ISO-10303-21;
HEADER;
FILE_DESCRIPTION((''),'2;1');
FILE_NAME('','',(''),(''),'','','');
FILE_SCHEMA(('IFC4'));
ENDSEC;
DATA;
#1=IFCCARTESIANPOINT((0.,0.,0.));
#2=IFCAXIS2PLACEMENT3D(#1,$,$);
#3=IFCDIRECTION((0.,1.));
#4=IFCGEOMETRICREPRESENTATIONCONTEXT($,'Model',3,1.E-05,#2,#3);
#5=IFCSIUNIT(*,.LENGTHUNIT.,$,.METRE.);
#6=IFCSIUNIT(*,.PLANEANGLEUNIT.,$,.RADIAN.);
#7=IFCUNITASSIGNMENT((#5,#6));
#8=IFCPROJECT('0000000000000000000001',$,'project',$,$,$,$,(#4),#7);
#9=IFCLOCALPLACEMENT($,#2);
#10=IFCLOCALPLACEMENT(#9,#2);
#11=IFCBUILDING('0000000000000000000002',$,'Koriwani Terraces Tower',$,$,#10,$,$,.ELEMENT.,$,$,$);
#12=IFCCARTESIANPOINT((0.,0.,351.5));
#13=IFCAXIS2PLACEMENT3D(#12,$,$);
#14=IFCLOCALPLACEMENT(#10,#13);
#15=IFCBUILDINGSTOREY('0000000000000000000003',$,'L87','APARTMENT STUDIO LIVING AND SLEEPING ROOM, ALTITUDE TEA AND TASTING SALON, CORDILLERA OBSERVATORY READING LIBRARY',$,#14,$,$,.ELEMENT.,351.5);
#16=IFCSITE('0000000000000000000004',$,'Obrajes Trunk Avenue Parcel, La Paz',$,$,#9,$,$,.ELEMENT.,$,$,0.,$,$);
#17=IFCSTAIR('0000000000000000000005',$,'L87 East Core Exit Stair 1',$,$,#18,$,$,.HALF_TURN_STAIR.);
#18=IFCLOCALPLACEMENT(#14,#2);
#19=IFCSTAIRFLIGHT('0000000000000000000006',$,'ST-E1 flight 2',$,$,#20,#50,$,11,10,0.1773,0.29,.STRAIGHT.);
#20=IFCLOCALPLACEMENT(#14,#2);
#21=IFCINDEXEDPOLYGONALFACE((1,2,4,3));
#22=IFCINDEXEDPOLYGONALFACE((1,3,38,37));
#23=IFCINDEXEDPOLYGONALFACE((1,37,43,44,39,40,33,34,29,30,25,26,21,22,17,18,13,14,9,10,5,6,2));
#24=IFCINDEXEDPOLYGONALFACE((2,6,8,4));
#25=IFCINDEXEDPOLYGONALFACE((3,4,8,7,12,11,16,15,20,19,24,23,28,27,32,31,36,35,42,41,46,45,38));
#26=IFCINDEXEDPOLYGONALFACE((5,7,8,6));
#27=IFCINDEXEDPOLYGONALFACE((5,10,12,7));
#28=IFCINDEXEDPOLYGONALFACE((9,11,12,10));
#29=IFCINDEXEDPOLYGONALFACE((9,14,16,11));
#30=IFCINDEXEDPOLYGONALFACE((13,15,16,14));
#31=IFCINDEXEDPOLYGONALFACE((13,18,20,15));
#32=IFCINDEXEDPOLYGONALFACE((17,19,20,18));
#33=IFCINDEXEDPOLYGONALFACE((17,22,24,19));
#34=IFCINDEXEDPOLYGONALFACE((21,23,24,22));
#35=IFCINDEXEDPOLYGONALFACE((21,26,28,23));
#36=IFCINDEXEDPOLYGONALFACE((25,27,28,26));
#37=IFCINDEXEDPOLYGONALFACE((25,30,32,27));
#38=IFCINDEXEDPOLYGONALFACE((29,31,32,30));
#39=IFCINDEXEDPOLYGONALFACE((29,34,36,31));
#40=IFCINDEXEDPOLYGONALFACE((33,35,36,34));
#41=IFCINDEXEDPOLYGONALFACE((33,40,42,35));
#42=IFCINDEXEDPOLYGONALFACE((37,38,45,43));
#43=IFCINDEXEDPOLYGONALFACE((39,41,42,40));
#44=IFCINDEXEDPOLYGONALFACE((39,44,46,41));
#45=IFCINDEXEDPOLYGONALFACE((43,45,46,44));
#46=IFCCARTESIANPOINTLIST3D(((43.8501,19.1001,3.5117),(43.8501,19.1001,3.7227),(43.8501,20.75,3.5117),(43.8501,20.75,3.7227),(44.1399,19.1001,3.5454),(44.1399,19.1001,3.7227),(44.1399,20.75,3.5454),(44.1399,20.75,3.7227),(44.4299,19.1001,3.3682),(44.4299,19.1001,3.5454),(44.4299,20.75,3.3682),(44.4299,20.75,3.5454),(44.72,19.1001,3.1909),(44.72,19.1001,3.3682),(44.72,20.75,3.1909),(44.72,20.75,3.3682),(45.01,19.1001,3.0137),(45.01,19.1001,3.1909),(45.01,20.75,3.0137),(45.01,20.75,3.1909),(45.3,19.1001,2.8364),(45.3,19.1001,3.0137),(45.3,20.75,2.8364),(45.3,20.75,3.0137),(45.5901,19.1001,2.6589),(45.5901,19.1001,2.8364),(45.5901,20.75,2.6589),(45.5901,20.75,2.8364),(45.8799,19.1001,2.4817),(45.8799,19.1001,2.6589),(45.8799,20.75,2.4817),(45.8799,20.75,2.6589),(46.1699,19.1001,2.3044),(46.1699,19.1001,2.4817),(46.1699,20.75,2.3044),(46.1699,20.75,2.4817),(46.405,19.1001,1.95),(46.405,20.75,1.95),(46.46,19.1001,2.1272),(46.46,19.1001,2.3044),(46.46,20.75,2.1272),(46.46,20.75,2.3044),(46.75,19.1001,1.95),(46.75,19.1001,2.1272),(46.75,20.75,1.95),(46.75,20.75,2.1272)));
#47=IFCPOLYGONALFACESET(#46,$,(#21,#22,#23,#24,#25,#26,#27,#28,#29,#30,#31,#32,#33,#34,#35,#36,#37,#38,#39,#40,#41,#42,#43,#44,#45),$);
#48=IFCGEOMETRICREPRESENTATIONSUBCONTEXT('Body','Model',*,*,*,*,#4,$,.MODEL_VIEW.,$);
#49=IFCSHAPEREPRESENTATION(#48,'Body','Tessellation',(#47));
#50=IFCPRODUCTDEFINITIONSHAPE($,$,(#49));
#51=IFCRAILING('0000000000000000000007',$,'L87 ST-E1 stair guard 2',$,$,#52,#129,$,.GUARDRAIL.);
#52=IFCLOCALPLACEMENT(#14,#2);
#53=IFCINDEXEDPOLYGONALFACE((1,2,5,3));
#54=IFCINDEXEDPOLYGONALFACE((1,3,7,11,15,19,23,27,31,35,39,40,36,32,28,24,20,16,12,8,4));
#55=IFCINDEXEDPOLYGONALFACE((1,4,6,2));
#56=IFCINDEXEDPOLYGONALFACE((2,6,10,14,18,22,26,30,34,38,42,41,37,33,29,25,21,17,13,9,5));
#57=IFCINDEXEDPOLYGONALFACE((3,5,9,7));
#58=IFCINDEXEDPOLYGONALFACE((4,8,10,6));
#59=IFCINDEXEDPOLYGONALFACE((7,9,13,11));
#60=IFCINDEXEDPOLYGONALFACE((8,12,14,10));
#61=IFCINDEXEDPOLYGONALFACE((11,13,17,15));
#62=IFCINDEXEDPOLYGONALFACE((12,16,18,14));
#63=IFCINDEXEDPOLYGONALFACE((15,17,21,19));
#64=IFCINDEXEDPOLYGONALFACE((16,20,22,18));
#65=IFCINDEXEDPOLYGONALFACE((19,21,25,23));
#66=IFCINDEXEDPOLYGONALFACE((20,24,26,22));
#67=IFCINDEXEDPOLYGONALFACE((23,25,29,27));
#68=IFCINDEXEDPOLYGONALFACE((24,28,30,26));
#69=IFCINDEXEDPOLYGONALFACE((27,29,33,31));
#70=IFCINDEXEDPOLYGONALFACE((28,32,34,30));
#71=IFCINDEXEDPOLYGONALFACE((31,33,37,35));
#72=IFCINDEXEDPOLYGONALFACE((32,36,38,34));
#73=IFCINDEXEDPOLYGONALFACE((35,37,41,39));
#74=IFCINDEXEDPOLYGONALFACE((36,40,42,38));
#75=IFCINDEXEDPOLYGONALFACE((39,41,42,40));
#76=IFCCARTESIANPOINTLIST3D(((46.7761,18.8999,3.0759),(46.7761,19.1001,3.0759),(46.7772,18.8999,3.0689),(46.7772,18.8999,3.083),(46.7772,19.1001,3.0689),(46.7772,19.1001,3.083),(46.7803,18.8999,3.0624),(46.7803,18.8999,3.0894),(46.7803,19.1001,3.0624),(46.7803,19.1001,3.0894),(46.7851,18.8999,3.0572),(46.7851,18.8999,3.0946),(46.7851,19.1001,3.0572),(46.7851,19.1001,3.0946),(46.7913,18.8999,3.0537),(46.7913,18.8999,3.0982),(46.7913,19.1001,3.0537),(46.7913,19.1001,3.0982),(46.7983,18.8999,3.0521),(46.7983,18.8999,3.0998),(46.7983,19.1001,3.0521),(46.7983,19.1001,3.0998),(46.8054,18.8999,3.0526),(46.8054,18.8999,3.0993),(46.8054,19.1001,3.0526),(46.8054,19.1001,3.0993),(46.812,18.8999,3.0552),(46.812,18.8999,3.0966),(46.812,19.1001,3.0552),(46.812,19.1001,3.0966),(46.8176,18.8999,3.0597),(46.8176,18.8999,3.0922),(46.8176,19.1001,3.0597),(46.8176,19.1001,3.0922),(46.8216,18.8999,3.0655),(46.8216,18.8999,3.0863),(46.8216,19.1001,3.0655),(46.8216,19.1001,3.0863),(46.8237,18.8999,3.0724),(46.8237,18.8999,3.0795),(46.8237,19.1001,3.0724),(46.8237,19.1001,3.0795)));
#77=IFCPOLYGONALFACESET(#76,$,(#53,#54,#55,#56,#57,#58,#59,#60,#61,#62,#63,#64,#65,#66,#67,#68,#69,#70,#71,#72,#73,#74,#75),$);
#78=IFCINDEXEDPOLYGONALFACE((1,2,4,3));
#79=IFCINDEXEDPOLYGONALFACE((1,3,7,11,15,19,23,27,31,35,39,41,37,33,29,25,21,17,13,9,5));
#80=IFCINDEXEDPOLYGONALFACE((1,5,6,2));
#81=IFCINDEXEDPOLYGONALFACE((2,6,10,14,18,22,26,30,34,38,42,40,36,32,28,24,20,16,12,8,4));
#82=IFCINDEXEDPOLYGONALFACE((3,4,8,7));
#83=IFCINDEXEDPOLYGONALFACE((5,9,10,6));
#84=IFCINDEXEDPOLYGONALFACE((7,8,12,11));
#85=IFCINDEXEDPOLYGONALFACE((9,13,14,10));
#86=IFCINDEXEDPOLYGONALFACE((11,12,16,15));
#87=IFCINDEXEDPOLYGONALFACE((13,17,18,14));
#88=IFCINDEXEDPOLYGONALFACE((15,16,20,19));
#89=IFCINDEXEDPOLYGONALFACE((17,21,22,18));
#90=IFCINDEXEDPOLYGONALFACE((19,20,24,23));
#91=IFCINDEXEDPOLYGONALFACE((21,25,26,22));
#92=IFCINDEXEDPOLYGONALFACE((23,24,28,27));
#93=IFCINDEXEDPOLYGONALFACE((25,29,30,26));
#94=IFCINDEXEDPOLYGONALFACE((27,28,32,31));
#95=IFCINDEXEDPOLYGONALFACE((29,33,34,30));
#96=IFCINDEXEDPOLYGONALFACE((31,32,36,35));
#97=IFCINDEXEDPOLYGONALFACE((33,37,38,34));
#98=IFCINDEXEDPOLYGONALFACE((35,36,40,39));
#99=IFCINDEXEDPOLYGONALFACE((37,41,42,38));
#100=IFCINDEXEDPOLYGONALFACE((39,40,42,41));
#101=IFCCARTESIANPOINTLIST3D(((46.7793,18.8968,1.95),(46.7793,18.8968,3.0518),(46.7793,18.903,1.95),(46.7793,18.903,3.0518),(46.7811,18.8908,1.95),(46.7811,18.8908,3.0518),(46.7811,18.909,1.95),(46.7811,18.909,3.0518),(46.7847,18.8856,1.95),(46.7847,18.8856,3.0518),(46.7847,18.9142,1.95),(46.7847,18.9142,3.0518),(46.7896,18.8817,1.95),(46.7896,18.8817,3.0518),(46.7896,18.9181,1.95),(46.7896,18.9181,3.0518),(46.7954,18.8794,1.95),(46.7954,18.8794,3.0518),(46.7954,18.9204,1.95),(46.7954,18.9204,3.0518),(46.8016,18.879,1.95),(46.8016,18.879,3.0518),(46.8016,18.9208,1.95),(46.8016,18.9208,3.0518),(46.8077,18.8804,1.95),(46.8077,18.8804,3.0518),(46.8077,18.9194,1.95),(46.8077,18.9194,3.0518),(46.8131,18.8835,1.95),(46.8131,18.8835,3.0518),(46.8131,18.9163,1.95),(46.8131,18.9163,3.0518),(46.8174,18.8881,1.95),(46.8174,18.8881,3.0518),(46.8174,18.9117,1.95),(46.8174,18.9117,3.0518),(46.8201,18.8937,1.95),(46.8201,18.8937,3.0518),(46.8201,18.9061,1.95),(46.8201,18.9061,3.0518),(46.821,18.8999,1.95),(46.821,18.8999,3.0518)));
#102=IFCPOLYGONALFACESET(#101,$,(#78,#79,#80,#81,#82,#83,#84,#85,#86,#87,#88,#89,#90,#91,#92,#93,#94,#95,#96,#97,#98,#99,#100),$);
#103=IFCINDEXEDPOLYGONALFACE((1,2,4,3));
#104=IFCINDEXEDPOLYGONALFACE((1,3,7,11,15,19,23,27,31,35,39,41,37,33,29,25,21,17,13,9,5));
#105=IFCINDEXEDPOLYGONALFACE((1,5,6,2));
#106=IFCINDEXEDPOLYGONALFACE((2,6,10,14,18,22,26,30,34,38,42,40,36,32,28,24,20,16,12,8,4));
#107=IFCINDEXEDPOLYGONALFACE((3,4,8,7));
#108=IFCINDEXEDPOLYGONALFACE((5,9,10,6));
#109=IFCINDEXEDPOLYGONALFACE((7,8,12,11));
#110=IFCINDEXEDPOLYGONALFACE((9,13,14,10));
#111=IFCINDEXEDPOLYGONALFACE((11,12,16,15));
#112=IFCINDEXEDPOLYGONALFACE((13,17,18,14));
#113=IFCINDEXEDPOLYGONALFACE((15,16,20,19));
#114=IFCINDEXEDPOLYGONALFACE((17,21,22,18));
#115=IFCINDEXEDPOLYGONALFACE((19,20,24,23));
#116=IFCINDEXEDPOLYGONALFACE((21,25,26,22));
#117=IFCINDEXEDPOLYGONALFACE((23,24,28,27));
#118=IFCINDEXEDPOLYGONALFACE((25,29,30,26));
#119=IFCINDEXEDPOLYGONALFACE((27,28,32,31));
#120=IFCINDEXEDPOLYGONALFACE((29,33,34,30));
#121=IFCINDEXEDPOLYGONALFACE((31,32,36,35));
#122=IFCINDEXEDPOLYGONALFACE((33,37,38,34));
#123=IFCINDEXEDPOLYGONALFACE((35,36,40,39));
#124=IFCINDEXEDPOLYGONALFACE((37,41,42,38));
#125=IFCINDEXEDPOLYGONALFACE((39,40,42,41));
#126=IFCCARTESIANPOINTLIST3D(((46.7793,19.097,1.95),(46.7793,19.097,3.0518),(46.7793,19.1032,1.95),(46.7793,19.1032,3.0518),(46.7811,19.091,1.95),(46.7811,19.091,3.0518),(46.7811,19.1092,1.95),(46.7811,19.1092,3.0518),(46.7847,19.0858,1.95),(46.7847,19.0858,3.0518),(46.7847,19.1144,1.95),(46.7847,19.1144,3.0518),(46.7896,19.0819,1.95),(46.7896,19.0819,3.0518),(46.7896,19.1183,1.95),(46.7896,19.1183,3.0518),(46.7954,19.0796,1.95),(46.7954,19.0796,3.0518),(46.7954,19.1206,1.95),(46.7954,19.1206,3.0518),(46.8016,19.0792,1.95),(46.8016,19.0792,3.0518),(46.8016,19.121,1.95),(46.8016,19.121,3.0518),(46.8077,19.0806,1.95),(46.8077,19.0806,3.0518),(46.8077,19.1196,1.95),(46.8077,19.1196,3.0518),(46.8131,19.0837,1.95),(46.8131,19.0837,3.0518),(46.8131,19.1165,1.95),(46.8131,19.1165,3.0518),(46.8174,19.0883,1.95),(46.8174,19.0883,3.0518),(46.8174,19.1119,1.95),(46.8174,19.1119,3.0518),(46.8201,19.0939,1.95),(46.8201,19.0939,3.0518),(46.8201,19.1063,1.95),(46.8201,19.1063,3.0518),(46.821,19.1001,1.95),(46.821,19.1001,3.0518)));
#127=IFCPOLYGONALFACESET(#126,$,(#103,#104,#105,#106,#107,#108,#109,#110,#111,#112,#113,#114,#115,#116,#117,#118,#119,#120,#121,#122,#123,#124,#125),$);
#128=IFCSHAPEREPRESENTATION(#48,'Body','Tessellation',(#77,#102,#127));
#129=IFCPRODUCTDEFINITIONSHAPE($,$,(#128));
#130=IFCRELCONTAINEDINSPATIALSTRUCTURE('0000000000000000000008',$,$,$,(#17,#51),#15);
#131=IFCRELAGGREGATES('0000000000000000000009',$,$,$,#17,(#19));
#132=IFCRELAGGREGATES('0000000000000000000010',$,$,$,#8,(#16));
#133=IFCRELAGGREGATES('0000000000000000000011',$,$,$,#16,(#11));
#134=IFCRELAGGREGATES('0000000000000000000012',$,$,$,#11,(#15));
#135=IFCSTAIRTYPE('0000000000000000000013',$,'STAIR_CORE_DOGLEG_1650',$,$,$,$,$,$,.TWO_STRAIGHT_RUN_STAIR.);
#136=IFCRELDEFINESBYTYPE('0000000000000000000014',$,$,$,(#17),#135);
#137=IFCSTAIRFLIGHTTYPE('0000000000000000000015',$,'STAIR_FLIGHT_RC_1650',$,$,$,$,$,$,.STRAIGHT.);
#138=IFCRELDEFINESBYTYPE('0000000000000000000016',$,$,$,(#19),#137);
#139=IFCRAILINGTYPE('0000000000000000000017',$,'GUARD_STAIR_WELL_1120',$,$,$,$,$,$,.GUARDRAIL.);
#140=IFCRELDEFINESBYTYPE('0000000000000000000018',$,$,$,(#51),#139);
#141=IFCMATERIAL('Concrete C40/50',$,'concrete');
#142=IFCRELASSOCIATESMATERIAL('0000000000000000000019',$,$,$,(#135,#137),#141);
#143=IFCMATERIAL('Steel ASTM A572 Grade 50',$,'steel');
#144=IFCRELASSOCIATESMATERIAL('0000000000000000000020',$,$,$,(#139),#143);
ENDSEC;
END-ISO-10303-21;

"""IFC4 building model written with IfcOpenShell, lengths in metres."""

from ifc_helpers import new_model, si_unit, direction, frame, origin, origin_2d, place, context, subcontext, project, spatial, polyline, circle, outline, extrude, material, type_object, element, aggregate, save


model = new_model("IFC4")

# Units and contexts
model_context = context("Model", 3, precision=1e-05, world=origin(), true_north=direction((0.0, 1.0)))
body_context = subcontext(model_context, "Body", "Model", "MODEL_VIEW")
ifc_project = project(units=[si_unit("LENGTHUNIT", "METRE"), si_unit("PLANEANGLEUNIT", "RADIAN")], contexts=[model_context])

# Site, building, storey
site_placement = place(None, origin())
site = spatial("IfcSite", under=ifc_project, at=site_placement, Name="Obrajes Trunk Avenue Parcel, La Paz", CompositionType="ELEMENT", RefElevation=0.0)
building_placement = place(site_placement, origin())
building = spatial("IfcBuilding", under=site, at=building_placement, Name="Koriwani Terraces Tower", CompositionType="ELEMENT")
storey_placement = place(building_placement, frame((0.0, 0.0, 351.5)))
storey = spatial("IfcBuildingStorey", under=building, at=storey_placement, Name="L87", Description="APARTMENT STUDIO LIVING AND SLEEPING ROOM, ALTITUDE TEA AND TASTING SALON, CORDILLERA OBSERVATORY READING LIBRARY", CompositionType="ELEMENT", Elevation=351.5)

# Shared definitions
ifc_material_1 = material(Name="Concrete C40/50", Category="concrete")
ifc_material_2 = material(Name="Steel ASTM A572 Grade 50", Category="steel")

# Stair, stair flight
stair_type = type_object("IfcStairType", Name="STAIR_CORE_DOGLEG_1650", PredefinedType="TWO_STRAIGHT_RUN_STAIR", material=ifc_material_1)
stair_placement = place(storey_placement, origin())
stair = element("IfcStair", 1, at=stair_placement, inside=storey, type_object=stair_type, Name="L87 East Core Exit Stair 1", PredefinedType="HALF_TURN_STAIR")
stair_flight_type = type_object("IfcStairFlightType", Name="STAIR_FLIGHT_RC_1650", PredefinedType="STRAIGHT", material=ifc_material_1)
stair_flight_placement = place(storey_placement, frame((46.75, 19.925, 1.95), z_axis=(0.0, 0.0, 1.0), x_axis=(-1.0, 0.0, 0.0)))
stair_flight = element("IfcStairFlight", 2, at=stair_flight_placement, type_object=stair_flight_type, Name="ST-E1 flight 2", NumberOfRisers=11, NumberOfTreads=10, PredefinedType="STRAIGHT", RiserHeight=0.1773, TreadLength=0.29, context=body_context, shape_type="SweptSolid", body=[
    extrude(outline(polyline([(0.0, 0.0), (0.0, 0.1772), (0.29, 0.1772), (0.29, 0.3545), (0.5801, 0.3545), (0.5801, 0.5317), (0.8701, 0.5317), (0.8701, 0.709), (1.1599, 0.709), (1.1599, 0.8865), (1.45, 0.8865), (1.45, 1.0637), (1.74, 1.0637), (1.74, 1.241), (2.03, 1.241), (2.03, 1.4182), (2.3201, 1.4182), (2.3201, 1.5955), (2.6101, 1.5955), (2.6101, 1.7727), (2.8999, 1.7727), (2.8999, 1.95), (2.8999, 1.5618), (0.345, 0.0), (0.0, 0.0)])), frame((0.0, 0.825, 0.0), z_axis=(0.0, -1.0, 0.0), x_axis=(1.0, 0.0, 0.0)), (0.0, 0.0, 1.0), 1.6499),
])
aggregate(stair, [stair_flight])

# Railing
railing_type_1 = type_object("IfcRailingType", Name="GUARD_STAIR_WELL_1120", PredefinedType="GUARDRAIL", material=ifc_material_2)
railing_1_placement = place(storey_placement, frame((46.8, 18.8999, 1.95)))
element("IfcRailing", 3, at=railing_1_placement, inside=storey, type_object=railing_type_1, Name="L87 ST-E1 stair guard 2", PredefinedType="GUARDRAIL", context=body_context, shape_type="SweptSolid", body=[
    extrude(circle(Radius=0.0239, at=origin_2d()), frame((0.0, 0.0, 1.126), z_axis=(0.0, 1.0, 0.0), x_axis=(-1.0, 0.0, 0.0)), (0.0, 0.0, 1.0), 0.2002),
    extrude(circle(Radius=0.021, at=origin_2d()), origin(), (0.0, 0.0, 1.0), 1.1018),
    extrude(circle(Radius=0.021, at=origin_2d()), frame((0.0, 0.2002, 0.0)), (0.0, 0.0, 1.0), 1.1018),
])

save(model, "model.ifc")
